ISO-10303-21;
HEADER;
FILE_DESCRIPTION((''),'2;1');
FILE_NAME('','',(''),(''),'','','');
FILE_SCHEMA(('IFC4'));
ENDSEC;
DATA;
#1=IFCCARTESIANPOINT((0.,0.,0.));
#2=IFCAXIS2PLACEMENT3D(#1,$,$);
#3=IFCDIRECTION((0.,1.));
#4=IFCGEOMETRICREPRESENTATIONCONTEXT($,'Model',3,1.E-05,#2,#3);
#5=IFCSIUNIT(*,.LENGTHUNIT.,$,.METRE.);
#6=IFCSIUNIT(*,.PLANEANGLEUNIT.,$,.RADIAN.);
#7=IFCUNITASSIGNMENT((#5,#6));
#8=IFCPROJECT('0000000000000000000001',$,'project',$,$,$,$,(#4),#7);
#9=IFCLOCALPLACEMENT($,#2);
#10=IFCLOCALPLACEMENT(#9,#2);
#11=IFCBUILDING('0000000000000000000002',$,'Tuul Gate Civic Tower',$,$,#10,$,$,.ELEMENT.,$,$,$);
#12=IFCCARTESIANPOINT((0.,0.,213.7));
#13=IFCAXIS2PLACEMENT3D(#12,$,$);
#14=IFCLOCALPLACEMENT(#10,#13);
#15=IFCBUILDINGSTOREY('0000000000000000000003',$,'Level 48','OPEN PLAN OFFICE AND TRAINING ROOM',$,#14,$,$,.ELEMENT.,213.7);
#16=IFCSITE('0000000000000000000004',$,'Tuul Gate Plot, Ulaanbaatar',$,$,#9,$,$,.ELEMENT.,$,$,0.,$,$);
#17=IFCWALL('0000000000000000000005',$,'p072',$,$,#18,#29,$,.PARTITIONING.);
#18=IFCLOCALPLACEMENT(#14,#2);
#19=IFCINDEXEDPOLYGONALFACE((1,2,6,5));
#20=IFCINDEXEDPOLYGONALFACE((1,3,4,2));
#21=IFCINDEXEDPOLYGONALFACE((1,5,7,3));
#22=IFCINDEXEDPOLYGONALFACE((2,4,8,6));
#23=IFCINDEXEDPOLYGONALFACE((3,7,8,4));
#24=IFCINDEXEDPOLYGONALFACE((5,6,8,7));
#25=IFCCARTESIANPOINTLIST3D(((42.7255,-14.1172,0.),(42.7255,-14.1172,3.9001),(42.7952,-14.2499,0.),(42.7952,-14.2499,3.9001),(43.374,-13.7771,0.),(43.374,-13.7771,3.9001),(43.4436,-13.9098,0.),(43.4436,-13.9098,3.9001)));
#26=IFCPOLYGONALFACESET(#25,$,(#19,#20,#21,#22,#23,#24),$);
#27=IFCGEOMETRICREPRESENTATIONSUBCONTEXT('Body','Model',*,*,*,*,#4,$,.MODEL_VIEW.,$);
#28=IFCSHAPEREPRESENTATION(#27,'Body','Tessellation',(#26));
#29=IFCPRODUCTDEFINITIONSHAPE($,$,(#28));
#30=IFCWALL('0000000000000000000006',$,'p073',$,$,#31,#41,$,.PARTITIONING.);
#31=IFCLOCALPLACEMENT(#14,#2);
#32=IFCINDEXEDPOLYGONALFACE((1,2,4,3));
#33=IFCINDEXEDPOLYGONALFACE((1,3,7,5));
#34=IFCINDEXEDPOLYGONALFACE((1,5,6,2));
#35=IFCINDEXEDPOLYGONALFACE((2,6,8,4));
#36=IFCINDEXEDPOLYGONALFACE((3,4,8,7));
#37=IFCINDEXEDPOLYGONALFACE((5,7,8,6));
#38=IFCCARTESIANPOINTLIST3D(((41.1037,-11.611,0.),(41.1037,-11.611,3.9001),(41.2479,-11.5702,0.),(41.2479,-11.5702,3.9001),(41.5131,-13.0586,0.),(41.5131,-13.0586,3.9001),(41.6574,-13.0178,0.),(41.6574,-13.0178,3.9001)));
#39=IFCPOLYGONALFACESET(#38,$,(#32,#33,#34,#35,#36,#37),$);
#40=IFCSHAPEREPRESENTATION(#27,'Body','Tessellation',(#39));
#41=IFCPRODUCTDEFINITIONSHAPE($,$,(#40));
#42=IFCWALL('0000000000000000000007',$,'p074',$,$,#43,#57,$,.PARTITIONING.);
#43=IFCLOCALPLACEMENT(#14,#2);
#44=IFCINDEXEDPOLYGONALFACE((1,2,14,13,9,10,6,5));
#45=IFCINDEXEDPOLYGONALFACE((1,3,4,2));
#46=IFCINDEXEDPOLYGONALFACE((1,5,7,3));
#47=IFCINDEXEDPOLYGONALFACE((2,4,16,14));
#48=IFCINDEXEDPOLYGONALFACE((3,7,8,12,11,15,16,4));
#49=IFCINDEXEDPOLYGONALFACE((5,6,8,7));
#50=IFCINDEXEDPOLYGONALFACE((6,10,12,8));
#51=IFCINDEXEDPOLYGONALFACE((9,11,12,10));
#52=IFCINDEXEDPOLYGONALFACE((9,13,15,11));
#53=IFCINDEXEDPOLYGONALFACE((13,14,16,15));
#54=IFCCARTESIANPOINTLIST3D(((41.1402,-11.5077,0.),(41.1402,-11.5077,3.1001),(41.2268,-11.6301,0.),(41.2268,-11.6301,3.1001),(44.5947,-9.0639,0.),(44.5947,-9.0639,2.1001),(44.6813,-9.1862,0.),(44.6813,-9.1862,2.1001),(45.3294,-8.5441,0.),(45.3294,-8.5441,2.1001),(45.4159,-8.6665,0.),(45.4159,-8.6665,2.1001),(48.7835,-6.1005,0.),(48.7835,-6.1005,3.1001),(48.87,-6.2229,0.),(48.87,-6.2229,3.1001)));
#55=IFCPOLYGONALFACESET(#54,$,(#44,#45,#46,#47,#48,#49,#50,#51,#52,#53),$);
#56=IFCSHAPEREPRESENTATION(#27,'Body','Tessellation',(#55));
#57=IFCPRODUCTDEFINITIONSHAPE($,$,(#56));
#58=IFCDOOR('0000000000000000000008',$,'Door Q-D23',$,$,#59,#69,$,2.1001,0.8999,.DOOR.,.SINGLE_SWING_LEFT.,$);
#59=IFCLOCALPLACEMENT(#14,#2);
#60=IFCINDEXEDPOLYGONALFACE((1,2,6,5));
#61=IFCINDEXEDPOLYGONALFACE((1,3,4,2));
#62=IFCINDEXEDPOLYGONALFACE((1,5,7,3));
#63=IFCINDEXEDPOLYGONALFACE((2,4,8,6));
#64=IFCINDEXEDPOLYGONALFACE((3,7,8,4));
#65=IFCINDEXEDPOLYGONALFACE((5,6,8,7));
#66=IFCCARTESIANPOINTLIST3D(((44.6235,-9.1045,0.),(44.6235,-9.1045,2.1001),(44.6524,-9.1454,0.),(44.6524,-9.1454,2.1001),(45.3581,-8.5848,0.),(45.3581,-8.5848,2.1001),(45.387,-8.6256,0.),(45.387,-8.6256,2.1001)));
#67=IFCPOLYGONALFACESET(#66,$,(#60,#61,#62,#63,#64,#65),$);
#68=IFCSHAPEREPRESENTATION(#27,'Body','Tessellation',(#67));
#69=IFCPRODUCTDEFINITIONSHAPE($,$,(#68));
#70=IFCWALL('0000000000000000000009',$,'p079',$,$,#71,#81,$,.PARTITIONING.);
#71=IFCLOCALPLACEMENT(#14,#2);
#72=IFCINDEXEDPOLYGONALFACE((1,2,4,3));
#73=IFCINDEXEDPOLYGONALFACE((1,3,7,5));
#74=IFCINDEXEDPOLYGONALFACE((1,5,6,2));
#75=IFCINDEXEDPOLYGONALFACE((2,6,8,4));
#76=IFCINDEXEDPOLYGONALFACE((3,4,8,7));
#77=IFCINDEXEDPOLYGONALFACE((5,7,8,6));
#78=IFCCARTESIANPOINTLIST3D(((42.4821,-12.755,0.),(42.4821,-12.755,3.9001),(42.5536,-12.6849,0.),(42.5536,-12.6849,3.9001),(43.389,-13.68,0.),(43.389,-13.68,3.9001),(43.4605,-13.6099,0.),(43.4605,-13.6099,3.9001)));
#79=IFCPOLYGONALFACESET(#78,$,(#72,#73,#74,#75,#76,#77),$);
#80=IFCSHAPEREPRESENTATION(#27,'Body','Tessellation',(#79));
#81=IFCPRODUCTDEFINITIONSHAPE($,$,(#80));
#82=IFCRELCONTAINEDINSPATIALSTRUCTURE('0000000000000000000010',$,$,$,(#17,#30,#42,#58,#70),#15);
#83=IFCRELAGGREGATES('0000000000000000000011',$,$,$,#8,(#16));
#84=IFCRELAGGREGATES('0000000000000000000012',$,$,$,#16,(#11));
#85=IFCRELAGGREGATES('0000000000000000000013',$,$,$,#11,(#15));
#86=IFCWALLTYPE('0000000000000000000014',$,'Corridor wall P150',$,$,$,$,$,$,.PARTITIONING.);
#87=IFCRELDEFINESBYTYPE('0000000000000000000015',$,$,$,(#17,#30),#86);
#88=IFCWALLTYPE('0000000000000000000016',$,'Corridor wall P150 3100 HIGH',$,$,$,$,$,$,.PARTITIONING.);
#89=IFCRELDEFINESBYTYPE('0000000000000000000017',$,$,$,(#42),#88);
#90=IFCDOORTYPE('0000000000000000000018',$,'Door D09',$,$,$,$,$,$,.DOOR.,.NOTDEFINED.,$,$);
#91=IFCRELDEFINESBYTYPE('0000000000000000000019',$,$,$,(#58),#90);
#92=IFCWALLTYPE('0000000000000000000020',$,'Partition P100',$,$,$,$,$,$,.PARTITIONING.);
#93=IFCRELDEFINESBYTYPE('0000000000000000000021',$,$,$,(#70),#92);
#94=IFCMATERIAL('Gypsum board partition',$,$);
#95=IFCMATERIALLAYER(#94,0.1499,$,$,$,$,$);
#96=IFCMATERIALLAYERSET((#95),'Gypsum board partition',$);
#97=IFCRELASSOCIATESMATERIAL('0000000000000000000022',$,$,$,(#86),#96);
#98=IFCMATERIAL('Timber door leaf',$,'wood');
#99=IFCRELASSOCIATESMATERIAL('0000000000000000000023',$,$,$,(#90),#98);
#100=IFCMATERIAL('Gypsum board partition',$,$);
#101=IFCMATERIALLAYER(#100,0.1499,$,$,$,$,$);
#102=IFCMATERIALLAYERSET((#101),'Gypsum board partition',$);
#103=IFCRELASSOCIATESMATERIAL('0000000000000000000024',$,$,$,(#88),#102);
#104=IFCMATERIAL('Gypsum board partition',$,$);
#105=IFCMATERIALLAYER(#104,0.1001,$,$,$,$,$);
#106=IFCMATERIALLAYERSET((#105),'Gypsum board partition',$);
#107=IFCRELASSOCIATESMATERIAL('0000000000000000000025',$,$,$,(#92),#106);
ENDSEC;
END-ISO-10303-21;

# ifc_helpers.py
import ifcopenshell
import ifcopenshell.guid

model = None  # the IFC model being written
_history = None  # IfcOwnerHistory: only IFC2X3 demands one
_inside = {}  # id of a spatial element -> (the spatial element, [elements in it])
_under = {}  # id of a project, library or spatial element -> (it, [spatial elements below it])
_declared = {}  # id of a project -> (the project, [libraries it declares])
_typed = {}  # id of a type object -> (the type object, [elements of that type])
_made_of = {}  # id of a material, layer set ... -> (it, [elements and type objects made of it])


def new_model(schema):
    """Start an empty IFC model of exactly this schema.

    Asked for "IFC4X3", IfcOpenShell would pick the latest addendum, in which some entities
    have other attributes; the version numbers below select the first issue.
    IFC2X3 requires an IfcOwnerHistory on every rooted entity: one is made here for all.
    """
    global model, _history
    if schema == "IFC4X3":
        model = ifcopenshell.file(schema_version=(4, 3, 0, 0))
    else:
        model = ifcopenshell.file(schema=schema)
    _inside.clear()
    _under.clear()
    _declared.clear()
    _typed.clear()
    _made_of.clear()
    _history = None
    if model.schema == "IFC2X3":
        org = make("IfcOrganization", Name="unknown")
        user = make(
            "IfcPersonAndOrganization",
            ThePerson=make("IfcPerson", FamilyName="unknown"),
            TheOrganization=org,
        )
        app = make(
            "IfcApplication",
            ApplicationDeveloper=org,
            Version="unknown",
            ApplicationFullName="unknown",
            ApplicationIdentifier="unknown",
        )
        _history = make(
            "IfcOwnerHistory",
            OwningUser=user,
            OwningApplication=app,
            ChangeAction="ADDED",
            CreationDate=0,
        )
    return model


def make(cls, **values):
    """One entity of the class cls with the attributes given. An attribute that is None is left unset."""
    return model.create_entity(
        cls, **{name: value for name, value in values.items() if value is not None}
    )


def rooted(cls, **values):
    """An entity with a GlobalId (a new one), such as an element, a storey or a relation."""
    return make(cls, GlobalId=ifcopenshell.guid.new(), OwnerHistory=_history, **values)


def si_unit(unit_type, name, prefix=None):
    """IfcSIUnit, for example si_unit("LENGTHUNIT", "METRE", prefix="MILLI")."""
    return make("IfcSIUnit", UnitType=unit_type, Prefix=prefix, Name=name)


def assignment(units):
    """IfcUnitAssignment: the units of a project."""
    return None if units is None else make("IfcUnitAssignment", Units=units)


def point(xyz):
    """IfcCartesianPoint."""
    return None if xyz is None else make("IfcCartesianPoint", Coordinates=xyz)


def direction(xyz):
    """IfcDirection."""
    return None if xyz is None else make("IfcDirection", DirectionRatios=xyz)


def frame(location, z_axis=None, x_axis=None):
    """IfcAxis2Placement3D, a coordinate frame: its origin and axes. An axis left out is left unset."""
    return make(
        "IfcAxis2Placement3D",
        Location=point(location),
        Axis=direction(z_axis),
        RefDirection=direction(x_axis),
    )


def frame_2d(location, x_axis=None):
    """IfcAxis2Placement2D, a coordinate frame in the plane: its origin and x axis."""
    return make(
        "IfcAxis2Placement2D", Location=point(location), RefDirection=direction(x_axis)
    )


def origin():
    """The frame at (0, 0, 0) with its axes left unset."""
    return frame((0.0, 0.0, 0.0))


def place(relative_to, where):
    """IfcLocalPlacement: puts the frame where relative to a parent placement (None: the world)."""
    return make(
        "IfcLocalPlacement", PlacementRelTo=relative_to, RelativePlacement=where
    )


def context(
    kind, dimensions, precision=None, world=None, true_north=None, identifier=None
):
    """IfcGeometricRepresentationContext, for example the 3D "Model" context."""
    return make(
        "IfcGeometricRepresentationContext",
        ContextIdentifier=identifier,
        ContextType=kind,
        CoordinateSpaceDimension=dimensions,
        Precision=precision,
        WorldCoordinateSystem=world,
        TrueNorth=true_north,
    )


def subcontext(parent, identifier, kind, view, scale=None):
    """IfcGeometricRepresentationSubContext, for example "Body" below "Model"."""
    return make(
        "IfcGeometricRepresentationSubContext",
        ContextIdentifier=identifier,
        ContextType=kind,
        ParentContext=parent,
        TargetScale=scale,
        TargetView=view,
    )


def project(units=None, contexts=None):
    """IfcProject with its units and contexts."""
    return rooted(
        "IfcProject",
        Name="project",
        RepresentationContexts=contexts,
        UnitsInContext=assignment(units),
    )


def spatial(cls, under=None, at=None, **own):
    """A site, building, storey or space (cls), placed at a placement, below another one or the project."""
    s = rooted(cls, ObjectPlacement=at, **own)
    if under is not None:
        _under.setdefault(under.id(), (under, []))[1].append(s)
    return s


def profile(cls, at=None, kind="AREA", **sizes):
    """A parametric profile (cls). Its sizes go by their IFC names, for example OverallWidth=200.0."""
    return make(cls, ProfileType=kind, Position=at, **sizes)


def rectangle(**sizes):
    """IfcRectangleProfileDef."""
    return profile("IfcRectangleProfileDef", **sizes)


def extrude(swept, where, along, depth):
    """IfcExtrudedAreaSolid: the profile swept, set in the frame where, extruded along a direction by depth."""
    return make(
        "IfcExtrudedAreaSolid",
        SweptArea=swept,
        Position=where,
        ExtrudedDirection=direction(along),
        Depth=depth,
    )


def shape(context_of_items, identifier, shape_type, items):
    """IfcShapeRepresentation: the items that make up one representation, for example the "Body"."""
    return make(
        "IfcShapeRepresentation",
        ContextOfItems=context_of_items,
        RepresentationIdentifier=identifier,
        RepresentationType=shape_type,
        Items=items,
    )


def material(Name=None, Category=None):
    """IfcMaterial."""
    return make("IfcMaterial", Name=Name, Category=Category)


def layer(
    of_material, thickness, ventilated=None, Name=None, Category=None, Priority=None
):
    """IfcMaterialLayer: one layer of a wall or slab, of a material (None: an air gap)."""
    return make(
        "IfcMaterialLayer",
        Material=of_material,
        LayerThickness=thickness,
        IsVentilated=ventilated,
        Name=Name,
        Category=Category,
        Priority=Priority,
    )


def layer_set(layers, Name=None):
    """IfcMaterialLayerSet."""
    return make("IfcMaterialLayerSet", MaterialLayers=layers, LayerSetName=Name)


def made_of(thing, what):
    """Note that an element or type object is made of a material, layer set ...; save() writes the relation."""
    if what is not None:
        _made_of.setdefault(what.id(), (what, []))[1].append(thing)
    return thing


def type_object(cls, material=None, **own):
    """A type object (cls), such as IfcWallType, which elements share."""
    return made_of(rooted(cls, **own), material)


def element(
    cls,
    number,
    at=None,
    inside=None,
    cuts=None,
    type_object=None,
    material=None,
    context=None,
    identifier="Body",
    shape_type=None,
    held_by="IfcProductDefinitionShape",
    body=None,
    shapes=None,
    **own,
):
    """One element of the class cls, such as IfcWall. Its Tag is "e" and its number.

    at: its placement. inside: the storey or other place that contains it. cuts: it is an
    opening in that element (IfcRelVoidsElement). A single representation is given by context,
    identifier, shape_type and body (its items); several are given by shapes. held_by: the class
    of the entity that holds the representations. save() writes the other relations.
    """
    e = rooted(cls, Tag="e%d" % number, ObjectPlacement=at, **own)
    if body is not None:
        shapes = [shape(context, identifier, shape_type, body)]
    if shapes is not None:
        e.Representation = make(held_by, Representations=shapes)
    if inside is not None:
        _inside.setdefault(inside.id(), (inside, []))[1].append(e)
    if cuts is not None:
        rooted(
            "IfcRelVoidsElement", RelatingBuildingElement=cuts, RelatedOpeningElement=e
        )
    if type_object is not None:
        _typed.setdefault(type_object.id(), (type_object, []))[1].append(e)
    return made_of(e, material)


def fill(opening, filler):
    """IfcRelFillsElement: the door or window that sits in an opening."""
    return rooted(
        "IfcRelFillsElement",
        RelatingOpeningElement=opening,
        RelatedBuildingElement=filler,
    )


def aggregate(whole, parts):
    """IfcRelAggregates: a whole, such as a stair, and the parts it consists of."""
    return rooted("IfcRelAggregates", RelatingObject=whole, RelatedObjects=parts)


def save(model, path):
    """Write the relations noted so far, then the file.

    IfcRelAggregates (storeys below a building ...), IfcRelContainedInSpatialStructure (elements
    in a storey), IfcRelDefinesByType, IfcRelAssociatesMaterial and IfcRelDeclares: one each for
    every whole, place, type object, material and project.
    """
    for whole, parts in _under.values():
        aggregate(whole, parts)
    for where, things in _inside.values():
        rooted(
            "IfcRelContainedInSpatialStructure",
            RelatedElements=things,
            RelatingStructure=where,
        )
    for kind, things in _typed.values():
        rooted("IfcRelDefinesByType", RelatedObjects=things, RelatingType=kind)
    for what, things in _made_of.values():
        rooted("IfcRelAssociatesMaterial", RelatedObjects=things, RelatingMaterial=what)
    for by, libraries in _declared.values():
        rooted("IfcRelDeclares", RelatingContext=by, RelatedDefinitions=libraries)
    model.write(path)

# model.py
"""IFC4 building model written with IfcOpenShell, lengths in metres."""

from ifc_helpers import new_model, si_unit, direction, frame, frame_2d, origin, place, context, subcontext, project, spatial, rectangle, extrude, material, layer, layer_set, type_object, element, fill, save


model = new_model("IFC4")

# Units and contexts
model_context = context("Model", 3, precision=1e-05, world=origin(), true_north=direction((0.0, 1.0)))
body_context = subcontext(model_context, "Body", "Model", "MODEL_VIEW")
ifc_project = project(units=[si_unit("LENGTHUNIT", "METRE"), si_unit("PLANEANGLEUNIT", "RADIAN")], contexts=[model_context])

# Site, building, storey
site_placement = place(None, origin())
site = spatial("IfcSite", under=ifc_project, at=site_placement, Name="Tuul Gate Plot, Ulaanbaatar", CompositionType="ELEMENT", RefElevation=0.0)
building_placement = place(site_placement, origin())
building = spatial("IfcBuilding", under=site, at=building_placement, Name="Tuul Gate Civic Tower", CompositionType="ELEMENT")
storey_placement = place(building_placement, frame((0.0, 0.0, 213.7)))
storey = spatial("IfcBuildingStorey", under=building, at=storey_placement, Name="Level 48", Description="OPEN PLAN OFFICE AND TRAINING ROOM", CompositionType="ELEMENT", Elevation=213.7)

# Shared definitions
ifc_material_1 = material(Name="Gypsum board partition")
ifc_layer_1 = layer(ifc_material_1, 0.1499)
ifc_layer_set_1 = layer_set([ifc_layer_1], Name="Gypsum board partition")
wall_type_1 = type_object("IfcWallType", Name="Corridor wall P150", PredefinedType="PARTITIONING", material=ifc_layer_set_1)
ifc_material_2 = material(Name="Timber door leaf", Category="wood")
door_type_1 = type_object("IfcDoorType", Name="Door D09", OperationType="NOTDEFINED", PredefinedType="DOOR", material=ifc_material_2)

# Walls
wall_1_placement = place(storey_placement, frame((42.7603, -14.1836, 0.0), z_axis=(0.0, 0.0, 1.0), x_axis=(0.88559, 0.464468, 0.0)))
element("IfcWall", 1, at=wall_1_placement, inside=storey, type_object=wall_type_1, Name="p072", PredefinedType="PARTITIONING", context=body_context, shape_type="SweptSolid", body=[
    extrude(rectangle(XDim=0.7322, YDim=0.1499, at=frame_2d((0.3662, 0.0))), origin(), (0.0, 0.0, 1.0), 3.9001),
])
wall_2_placement = place(storey_placement, frame((41.1758, -11.5906, 0.0), z_axis=(0.0, 0.0, 1.0), x_axis=(0.272169, -0.962249, 0.0)))
element("IfcWall", 2, at=wall_2_placement, inside=storey, type_object=wall_type_1, Name="p073", PredefinedType="PARTITIONING", context=body_context, shape_type="SweptSolid", body=[
    extrude(rectangle(XDim=1.5044, YDim=0.1499, at=frame_2d((0.7522, 0.0))), origin(), (0.0, 0.0, 1.0), 3.9001),
])

# Wall, opening, door
ifc_material_3 = material(Name="Gypsum board partition")
ifc_layer_2 = layer(ifc_material_3, 0.1499)
ifc_layer_set_2 = layer_set([ifc_layer_2], Name="Gypsum board partition")
wall_type_2 = type_object("IfcWallType", Name="Corridor wall P150 3100 HIGH", PredefinedType="PARTITIONING", material=ifc_layer_set_2)
wall_3_placement = place(storey_placement, frame((41.1836, -11.5688, 0.0), z_axis=(0.0, 0.0, 1.0), x_axis=(0.816366, 0.577535, 0.0)))
wall_3 = element("IfcWall", 3, at=wall_3_placement, inside=storey, type_object=wall_type_2, Name="p074", PredefinedType="PARTITIONING", context=body_context, shape_type="SweptSolid", body=[
    extrude(rectangle(XDim=9.3625, YDim=0.1499, at=frame_2d((4.6812, 0.0))), origin(), (0.0, 0.0, 1.0), 3.1001),
])
opening_1_placement = place(wall_3_placement, frame((4.2314, 0.0, 0.0)))
opening_1 = element("IfcOpeningElement", 4, at=opening_1_placement, cuts=wall_3, PredefinedType="OPENING", context=body_context, shape_type="SweptSolid", body=[
    extrude(rectangle(XDim=0.8999, YDim=2.1001, at=frame_2d((0.45, 1.05))), frame((0.0, 0.085, 0.0), z_axis=(0.0, -1.0, 0.0), x_axis=(1.0, 0.0, 0.0)), (0.0, 0.0, 1.0), 0.1699),
])
door_1_placement = place(opening_1_placement, frame((0.8999, 0.0, 0.0), z_axis=(0.0, 0.0, 1.0), x_axis=(-1.0, 0.0, 0.0)))
door_1 = element("IfcDoor", 5, at=door_1_placement, inside=storey, type_object=door_type_1, Name="Door Q-D23", OperationType="SINGLE_SWING_LEFT", OverallHeight=2.1001, OverallWidth=0.8999, PredefinedType="DOOR", context=body_context, shape_type="SweptSolid", body=[
    extrude(rectangle(XDim=0.8999, YDim=2.1001, at=frame_2d((0.45, 1.05))), frame((0.0, 0.0249, 0.0), z_axis=(0.0, -1.0, 0.0), x_axis=(1.0, 0.0, 0.0)), (0.0, 0.0, 1.0), 0.05),
])
fill(opening_1, door_1)

# Wall
ifc_material_4 = material(Name="Gypsum board partition")
ifc_layer_3 = layer(ifc_material_4, 0.1001)
ifc_layer_set_3 = layer_set([ifc_layer_3], Name="Gypsum board partition")
wall_type_3 = type_object("IfcWallType", Name="Partition P100", PredefinedType="PARTITIONING", material=ifc_layer_set_3)
wall_4_placement = place(storey_placement, frame((42.5178, -12.72, 0.0), z_axis=(0.0, 0.0, 1.0), x_axis=(0.7001, -0.714045, 0.0)))
element("IfcWall", 6, at=wall_4_placement, inside=storey, type_object=wall_type_3, Name="p079", PredefinedType="PARTITIONING", context=body_context, shape_type="SweptSolid", body=[
    extrude(rectangle(XDim=1.2954, YDim=0.1001, at=frame_2d((0.6477, 0.0))), origin(), (0.0, 0.0, 1.0), 3.9001),
])

save(model, "model.ifc")
